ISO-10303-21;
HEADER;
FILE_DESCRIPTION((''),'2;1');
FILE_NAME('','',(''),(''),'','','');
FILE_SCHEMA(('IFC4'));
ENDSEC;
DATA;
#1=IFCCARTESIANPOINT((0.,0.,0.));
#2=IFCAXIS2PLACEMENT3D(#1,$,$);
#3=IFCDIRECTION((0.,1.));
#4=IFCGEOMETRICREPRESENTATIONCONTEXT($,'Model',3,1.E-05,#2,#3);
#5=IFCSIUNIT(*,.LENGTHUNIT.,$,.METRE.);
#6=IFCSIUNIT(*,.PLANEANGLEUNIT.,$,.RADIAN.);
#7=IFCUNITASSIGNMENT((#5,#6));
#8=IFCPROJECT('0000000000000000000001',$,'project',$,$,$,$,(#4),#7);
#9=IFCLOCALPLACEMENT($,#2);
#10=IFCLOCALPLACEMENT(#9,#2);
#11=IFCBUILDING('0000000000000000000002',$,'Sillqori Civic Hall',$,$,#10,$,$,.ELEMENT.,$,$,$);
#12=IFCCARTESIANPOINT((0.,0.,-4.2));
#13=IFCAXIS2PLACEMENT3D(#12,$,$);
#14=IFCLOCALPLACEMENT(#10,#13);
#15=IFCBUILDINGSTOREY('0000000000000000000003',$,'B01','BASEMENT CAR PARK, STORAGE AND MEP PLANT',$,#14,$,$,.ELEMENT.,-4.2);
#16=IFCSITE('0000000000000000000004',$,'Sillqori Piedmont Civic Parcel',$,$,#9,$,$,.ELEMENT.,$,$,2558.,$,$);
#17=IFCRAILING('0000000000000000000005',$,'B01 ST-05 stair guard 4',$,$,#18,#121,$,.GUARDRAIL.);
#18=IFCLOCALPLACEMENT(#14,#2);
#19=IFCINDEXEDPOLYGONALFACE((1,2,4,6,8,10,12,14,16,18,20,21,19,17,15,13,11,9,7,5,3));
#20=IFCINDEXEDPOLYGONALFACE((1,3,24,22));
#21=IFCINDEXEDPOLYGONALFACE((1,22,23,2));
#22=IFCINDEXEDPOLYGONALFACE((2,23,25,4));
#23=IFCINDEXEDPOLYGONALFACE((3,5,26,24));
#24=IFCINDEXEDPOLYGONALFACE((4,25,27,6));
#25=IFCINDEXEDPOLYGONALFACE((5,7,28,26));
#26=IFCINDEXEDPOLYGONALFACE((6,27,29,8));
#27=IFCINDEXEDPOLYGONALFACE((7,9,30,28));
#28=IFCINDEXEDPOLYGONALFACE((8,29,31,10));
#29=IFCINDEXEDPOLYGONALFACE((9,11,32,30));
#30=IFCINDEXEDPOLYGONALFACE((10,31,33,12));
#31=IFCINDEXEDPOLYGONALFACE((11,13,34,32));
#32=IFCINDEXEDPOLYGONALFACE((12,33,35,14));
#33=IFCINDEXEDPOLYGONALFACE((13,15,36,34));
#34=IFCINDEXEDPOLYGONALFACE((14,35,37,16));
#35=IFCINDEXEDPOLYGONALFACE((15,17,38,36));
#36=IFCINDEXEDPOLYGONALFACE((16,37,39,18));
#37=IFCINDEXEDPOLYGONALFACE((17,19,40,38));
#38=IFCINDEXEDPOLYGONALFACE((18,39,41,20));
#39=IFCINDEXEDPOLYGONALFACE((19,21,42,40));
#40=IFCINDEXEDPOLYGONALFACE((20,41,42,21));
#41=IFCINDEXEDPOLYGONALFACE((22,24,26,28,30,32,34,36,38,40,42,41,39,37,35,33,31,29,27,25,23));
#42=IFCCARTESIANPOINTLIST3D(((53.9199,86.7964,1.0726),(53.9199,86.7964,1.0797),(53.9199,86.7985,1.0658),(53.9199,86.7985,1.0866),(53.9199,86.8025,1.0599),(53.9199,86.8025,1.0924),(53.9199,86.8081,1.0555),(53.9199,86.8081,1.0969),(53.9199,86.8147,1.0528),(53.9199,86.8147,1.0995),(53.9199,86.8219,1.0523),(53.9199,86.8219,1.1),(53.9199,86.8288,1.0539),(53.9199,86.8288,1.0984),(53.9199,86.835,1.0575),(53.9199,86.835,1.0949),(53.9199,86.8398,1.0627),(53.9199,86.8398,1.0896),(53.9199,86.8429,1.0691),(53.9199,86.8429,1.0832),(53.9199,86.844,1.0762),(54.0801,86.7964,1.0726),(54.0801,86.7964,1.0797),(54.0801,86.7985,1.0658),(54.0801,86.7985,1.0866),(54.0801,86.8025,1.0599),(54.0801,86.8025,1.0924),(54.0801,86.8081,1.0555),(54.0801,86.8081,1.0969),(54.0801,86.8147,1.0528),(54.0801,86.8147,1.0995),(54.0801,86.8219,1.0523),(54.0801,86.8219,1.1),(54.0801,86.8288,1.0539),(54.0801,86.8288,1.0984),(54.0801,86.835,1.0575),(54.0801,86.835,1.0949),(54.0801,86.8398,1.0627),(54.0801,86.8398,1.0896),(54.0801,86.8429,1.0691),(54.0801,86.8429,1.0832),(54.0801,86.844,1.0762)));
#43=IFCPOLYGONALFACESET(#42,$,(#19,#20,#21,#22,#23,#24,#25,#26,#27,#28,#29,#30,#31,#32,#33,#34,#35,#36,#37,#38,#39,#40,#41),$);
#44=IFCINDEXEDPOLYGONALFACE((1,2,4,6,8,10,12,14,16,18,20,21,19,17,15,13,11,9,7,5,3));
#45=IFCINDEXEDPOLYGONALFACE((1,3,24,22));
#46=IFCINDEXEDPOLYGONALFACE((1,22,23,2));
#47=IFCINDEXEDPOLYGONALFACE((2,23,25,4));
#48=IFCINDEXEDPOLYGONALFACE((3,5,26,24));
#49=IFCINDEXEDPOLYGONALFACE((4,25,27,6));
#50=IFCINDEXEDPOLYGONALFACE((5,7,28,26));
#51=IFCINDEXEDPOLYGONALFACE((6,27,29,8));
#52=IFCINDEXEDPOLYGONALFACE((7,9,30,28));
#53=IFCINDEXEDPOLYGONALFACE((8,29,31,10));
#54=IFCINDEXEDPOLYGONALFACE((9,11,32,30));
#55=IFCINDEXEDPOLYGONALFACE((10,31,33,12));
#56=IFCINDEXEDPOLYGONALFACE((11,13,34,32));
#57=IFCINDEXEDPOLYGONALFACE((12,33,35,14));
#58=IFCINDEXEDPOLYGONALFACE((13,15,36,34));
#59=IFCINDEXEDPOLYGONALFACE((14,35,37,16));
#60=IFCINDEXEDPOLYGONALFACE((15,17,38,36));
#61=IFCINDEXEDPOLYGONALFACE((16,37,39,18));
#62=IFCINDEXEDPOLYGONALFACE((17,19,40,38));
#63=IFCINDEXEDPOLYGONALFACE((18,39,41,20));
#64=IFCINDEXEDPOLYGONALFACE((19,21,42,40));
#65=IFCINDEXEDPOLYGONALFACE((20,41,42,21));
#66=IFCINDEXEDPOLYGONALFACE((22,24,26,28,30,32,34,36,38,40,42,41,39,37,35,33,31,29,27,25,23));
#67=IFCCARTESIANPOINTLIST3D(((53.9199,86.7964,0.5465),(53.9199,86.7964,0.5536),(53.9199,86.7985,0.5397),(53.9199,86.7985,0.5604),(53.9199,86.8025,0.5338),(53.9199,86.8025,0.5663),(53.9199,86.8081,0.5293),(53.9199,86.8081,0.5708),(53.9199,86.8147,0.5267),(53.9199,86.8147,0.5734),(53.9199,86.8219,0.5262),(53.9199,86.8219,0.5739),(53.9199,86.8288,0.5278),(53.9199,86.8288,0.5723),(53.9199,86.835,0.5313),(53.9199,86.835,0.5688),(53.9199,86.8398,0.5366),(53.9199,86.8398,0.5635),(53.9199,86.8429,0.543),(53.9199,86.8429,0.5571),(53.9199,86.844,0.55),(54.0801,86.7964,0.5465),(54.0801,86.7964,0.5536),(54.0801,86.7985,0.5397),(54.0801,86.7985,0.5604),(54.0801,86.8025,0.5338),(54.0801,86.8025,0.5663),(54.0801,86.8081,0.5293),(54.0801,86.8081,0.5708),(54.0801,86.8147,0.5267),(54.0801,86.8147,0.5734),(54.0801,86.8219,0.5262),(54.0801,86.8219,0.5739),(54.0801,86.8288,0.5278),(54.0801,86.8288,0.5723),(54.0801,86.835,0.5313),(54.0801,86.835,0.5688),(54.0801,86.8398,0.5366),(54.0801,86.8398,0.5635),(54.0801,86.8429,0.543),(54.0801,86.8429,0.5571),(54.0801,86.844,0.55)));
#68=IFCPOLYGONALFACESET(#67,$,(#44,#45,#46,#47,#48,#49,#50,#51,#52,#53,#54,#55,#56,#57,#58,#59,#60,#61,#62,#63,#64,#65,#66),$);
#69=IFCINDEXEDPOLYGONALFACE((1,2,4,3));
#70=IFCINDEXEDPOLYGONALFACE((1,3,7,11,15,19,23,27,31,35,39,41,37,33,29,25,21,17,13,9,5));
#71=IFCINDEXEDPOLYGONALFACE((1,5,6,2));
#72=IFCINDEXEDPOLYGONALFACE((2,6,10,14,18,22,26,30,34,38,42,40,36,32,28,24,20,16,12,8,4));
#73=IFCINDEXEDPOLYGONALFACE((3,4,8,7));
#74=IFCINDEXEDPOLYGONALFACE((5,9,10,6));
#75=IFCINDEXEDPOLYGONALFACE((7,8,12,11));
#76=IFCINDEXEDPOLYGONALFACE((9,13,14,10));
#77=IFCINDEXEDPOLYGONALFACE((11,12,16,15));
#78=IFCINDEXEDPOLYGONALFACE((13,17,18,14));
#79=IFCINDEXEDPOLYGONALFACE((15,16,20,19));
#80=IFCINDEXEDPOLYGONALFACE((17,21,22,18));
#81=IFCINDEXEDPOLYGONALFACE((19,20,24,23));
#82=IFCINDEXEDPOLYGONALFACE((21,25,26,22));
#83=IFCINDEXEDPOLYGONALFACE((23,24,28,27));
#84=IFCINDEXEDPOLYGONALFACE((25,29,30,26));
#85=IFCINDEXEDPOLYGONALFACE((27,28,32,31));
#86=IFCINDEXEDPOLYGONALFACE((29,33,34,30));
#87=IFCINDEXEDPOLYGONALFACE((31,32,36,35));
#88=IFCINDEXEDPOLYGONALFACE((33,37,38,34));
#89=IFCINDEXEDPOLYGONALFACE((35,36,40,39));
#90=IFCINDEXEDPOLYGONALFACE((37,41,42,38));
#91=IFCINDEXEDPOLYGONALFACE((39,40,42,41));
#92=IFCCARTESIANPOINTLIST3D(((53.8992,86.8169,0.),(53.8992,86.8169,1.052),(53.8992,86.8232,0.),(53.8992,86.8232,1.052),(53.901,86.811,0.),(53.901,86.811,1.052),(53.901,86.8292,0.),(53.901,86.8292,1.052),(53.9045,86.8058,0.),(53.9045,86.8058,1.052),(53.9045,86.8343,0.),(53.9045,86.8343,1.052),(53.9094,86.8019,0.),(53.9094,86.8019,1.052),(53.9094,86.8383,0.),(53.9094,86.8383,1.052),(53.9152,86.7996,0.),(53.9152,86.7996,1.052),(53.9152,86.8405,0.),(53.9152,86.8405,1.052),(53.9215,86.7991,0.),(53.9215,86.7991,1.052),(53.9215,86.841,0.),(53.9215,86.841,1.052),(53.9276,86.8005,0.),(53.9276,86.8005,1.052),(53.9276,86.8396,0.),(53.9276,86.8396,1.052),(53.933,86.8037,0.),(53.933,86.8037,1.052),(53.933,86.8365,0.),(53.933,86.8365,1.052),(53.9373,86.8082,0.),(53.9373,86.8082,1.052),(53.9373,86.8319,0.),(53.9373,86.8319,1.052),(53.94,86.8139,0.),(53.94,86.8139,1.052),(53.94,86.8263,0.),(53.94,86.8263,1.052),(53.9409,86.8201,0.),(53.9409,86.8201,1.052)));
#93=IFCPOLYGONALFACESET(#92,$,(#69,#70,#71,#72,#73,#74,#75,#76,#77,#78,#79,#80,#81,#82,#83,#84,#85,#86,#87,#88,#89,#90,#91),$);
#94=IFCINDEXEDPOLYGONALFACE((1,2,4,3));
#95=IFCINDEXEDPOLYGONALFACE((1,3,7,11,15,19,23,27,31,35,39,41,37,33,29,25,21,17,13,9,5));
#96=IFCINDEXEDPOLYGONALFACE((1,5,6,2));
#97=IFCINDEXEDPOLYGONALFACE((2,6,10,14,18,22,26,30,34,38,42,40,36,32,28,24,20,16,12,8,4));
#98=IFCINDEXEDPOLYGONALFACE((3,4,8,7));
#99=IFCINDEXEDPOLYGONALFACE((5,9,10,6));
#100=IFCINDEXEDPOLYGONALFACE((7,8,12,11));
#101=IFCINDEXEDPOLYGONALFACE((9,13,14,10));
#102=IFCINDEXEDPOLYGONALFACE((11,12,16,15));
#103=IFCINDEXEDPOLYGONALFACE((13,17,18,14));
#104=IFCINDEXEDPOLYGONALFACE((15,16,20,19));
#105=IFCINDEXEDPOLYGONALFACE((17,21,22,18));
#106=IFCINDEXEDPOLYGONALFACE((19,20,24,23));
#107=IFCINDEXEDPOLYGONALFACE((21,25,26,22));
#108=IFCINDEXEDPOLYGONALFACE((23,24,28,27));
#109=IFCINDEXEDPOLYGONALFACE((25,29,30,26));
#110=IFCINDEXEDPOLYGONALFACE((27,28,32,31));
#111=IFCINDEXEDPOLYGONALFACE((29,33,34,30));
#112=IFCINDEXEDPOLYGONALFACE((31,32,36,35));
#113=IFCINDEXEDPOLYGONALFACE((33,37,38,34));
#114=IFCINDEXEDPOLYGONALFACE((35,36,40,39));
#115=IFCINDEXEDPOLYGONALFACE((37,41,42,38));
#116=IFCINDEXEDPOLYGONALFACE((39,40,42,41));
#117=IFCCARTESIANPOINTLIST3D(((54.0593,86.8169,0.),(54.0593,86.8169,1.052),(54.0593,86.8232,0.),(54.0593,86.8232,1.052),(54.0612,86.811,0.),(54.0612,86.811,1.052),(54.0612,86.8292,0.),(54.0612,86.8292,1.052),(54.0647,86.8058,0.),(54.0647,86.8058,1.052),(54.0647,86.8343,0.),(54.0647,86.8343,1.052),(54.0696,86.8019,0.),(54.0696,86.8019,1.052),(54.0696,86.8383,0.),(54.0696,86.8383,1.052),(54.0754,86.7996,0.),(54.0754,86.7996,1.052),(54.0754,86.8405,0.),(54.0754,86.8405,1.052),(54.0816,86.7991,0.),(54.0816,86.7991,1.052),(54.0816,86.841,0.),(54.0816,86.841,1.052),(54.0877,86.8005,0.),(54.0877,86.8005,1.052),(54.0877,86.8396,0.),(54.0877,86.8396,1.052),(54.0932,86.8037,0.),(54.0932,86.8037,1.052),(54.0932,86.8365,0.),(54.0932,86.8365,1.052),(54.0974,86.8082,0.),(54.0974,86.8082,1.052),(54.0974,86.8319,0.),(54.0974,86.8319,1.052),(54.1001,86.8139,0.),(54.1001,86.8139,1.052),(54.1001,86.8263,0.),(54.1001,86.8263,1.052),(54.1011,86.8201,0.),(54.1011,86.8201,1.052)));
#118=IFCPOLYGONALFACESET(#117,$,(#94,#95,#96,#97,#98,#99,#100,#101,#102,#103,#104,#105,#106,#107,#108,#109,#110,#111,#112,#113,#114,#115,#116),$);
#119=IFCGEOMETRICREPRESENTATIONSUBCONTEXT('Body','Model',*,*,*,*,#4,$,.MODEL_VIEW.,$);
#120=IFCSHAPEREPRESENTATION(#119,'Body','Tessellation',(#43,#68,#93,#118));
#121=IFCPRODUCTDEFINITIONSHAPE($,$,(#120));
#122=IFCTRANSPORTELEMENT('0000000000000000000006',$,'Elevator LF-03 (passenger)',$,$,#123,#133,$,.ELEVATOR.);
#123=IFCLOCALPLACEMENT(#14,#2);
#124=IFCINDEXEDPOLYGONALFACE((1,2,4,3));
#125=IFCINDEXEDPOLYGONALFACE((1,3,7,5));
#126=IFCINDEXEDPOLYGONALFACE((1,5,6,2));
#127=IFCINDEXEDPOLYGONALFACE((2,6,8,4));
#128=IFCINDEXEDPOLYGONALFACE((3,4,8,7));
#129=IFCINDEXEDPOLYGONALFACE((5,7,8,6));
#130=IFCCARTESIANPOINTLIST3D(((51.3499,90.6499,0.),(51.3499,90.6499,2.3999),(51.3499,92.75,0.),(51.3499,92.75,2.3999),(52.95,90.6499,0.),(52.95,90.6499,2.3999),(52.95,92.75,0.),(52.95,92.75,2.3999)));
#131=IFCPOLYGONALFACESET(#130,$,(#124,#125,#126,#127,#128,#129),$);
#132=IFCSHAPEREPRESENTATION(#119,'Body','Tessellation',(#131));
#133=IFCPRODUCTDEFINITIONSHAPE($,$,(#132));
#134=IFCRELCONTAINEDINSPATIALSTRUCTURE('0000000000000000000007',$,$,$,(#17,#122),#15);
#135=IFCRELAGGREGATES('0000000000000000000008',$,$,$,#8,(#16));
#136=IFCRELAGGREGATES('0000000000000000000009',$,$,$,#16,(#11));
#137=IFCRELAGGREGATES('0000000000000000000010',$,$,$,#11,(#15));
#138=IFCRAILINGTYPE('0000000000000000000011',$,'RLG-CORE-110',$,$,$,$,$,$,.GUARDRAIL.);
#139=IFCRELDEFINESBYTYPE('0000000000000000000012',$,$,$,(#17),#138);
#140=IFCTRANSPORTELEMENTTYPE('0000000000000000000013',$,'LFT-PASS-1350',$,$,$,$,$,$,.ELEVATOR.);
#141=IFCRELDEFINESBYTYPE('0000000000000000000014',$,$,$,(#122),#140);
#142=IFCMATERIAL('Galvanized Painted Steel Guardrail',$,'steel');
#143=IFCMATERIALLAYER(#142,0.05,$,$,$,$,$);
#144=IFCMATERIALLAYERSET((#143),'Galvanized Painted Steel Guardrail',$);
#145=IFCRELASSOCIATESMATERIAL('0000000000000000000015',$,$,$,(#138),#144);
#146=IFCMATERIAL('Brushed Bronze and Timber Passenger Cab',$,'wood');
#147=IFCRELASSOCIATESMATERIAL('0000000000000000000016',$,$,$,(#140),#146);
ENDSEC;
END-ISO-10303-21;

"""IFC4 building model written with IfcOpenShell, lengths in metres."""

from ifc_helpers import new_model, si_unit, direction, frame, origin, origin_2d, place, context, subcontext, project, spatial, rectangle, circle, extrude, material, layer, layer_set, type_object, element, save


model = new_model("IFC4")

# Units and contexts
model_context = context("Model", 3, precision=1e-05, world=origin(), true_north=direction((0.0, 1.0)))
body_context = subcontext(model_context, "Body", "Model", "MODEL_VIEW")
ifc_project = project(units=[si_unit("LENGTHUNIT", "METRE"), si_unit("PLANEANGLEUNIT", "RADIAN")], contexts=[model_context])

# Site, building, storey
site_placement = place(None, origin())
site = spatial("IfcSite", under=ifc_project, at=site_placement, Name="Sillqori Piedmont Civic Parcel", CompositionType="ELEMENT", RefElevation=2558.0)
building_placement = place(site_placement, origin())
building = spatial("IfcBuilding", under=site, at=building_placement, Name="Sillqori Civic Hall", CompositionType="ELEMENT")
storey_placement = place(building_placement, frame((0.0, 0.0, -4.2)))
storey = spatial("IfcBuildingStorey", under=building, at=storey_placement, Name="B01", Description="BASEMENT CAR PARK, STORAGE AND MEP PLANT", CompositionType="ELEMENT", Elevation=-4.2)

# Railing
ifc_material_1 = material(Name="Galvanized Painted Steel Guardrail", Category="steel")
ifc_layer_1 = layer(ifc_material_1, 0.05)
ifc_layer_set_1 = layer_set([ifc_layer_1], Name="Galvanized Painted Steel Guardrail")
railing_type_1 = type_object("IfcRailingType", Name="RLG-CORE-110", PredefinedType="GUARDRAIL", material=ifc_layer_set_1)
railing_1_placement = place(storey_placement, frame((53.9199, 86.8201, 0.0)))
element("IfcRailing", 1, at=railing_1_placement, inside=storey, type_object=railing_type_1, Name="B01 ST-05 stair guard 4", PredefinedType="GUARDRAIL", context=body_context, shape_type="SweptSolid", body=[
    extrude(circle(Radius=0.0239, at=origin_2d()), frame((0.0, 0.0, 1.0762), z_axis=(1.0, 0.0, 0.0), x_axis=(0.0, 1.0, 0.0)), (0.0, 0.0, 1.0), 0.1602),
    extrude(circle(Radius=0.0239, at=origin_2d()), frame((0.0, 0.0, 0.55), z_axis=(1.0, 0.0, 0.0), x_axis=(0.0, 1.0, 0.0)), (0.0, 0.0, 1.0), 0.1602),
    extrude(circle(Radius=0.021, at=origin_2d()), origin(), (0.0, 0.0, 1.0), 1.052),
    extrude(circle(Radius=0.021, at=origin_2d()), frame((0.1602, 0.0, 0.0)), (0.0, 0.0, 1.0), 1.052),
])

# Transport element
ifc_material_2 = material(Name="Brushed Bronze and Timber Passenger Cab", Category="wood")
transport_element_type = type_object("IfcTransportElementType", Name="LFT-PASS-1350", PredefinedType="ELEVATOR", material=ifc_material_2)
transport_element_placement = place(storey_placement, frame((52.1499, 91.7, 0.0), z_axis=(0.0, 0.0, 1.0), x_axis=(1.0, 0.0, 0.0)))
element("IfcTransportElement", 2, at=transport_element_placement, inside=storey, type_object=transport_element_type, Name="Elevator LF-03 (passenger)", PredefinedType="ELEVATOR", context=body_context, shape_type="SweptSolid", body=[
    extrude(rectangle(XDim=1.6001, YDim=2.1001, at=origin_2d()), origin(), (0.0, 0.0, 1.0), 2.3999),
])

save(model, "model.ifc")
